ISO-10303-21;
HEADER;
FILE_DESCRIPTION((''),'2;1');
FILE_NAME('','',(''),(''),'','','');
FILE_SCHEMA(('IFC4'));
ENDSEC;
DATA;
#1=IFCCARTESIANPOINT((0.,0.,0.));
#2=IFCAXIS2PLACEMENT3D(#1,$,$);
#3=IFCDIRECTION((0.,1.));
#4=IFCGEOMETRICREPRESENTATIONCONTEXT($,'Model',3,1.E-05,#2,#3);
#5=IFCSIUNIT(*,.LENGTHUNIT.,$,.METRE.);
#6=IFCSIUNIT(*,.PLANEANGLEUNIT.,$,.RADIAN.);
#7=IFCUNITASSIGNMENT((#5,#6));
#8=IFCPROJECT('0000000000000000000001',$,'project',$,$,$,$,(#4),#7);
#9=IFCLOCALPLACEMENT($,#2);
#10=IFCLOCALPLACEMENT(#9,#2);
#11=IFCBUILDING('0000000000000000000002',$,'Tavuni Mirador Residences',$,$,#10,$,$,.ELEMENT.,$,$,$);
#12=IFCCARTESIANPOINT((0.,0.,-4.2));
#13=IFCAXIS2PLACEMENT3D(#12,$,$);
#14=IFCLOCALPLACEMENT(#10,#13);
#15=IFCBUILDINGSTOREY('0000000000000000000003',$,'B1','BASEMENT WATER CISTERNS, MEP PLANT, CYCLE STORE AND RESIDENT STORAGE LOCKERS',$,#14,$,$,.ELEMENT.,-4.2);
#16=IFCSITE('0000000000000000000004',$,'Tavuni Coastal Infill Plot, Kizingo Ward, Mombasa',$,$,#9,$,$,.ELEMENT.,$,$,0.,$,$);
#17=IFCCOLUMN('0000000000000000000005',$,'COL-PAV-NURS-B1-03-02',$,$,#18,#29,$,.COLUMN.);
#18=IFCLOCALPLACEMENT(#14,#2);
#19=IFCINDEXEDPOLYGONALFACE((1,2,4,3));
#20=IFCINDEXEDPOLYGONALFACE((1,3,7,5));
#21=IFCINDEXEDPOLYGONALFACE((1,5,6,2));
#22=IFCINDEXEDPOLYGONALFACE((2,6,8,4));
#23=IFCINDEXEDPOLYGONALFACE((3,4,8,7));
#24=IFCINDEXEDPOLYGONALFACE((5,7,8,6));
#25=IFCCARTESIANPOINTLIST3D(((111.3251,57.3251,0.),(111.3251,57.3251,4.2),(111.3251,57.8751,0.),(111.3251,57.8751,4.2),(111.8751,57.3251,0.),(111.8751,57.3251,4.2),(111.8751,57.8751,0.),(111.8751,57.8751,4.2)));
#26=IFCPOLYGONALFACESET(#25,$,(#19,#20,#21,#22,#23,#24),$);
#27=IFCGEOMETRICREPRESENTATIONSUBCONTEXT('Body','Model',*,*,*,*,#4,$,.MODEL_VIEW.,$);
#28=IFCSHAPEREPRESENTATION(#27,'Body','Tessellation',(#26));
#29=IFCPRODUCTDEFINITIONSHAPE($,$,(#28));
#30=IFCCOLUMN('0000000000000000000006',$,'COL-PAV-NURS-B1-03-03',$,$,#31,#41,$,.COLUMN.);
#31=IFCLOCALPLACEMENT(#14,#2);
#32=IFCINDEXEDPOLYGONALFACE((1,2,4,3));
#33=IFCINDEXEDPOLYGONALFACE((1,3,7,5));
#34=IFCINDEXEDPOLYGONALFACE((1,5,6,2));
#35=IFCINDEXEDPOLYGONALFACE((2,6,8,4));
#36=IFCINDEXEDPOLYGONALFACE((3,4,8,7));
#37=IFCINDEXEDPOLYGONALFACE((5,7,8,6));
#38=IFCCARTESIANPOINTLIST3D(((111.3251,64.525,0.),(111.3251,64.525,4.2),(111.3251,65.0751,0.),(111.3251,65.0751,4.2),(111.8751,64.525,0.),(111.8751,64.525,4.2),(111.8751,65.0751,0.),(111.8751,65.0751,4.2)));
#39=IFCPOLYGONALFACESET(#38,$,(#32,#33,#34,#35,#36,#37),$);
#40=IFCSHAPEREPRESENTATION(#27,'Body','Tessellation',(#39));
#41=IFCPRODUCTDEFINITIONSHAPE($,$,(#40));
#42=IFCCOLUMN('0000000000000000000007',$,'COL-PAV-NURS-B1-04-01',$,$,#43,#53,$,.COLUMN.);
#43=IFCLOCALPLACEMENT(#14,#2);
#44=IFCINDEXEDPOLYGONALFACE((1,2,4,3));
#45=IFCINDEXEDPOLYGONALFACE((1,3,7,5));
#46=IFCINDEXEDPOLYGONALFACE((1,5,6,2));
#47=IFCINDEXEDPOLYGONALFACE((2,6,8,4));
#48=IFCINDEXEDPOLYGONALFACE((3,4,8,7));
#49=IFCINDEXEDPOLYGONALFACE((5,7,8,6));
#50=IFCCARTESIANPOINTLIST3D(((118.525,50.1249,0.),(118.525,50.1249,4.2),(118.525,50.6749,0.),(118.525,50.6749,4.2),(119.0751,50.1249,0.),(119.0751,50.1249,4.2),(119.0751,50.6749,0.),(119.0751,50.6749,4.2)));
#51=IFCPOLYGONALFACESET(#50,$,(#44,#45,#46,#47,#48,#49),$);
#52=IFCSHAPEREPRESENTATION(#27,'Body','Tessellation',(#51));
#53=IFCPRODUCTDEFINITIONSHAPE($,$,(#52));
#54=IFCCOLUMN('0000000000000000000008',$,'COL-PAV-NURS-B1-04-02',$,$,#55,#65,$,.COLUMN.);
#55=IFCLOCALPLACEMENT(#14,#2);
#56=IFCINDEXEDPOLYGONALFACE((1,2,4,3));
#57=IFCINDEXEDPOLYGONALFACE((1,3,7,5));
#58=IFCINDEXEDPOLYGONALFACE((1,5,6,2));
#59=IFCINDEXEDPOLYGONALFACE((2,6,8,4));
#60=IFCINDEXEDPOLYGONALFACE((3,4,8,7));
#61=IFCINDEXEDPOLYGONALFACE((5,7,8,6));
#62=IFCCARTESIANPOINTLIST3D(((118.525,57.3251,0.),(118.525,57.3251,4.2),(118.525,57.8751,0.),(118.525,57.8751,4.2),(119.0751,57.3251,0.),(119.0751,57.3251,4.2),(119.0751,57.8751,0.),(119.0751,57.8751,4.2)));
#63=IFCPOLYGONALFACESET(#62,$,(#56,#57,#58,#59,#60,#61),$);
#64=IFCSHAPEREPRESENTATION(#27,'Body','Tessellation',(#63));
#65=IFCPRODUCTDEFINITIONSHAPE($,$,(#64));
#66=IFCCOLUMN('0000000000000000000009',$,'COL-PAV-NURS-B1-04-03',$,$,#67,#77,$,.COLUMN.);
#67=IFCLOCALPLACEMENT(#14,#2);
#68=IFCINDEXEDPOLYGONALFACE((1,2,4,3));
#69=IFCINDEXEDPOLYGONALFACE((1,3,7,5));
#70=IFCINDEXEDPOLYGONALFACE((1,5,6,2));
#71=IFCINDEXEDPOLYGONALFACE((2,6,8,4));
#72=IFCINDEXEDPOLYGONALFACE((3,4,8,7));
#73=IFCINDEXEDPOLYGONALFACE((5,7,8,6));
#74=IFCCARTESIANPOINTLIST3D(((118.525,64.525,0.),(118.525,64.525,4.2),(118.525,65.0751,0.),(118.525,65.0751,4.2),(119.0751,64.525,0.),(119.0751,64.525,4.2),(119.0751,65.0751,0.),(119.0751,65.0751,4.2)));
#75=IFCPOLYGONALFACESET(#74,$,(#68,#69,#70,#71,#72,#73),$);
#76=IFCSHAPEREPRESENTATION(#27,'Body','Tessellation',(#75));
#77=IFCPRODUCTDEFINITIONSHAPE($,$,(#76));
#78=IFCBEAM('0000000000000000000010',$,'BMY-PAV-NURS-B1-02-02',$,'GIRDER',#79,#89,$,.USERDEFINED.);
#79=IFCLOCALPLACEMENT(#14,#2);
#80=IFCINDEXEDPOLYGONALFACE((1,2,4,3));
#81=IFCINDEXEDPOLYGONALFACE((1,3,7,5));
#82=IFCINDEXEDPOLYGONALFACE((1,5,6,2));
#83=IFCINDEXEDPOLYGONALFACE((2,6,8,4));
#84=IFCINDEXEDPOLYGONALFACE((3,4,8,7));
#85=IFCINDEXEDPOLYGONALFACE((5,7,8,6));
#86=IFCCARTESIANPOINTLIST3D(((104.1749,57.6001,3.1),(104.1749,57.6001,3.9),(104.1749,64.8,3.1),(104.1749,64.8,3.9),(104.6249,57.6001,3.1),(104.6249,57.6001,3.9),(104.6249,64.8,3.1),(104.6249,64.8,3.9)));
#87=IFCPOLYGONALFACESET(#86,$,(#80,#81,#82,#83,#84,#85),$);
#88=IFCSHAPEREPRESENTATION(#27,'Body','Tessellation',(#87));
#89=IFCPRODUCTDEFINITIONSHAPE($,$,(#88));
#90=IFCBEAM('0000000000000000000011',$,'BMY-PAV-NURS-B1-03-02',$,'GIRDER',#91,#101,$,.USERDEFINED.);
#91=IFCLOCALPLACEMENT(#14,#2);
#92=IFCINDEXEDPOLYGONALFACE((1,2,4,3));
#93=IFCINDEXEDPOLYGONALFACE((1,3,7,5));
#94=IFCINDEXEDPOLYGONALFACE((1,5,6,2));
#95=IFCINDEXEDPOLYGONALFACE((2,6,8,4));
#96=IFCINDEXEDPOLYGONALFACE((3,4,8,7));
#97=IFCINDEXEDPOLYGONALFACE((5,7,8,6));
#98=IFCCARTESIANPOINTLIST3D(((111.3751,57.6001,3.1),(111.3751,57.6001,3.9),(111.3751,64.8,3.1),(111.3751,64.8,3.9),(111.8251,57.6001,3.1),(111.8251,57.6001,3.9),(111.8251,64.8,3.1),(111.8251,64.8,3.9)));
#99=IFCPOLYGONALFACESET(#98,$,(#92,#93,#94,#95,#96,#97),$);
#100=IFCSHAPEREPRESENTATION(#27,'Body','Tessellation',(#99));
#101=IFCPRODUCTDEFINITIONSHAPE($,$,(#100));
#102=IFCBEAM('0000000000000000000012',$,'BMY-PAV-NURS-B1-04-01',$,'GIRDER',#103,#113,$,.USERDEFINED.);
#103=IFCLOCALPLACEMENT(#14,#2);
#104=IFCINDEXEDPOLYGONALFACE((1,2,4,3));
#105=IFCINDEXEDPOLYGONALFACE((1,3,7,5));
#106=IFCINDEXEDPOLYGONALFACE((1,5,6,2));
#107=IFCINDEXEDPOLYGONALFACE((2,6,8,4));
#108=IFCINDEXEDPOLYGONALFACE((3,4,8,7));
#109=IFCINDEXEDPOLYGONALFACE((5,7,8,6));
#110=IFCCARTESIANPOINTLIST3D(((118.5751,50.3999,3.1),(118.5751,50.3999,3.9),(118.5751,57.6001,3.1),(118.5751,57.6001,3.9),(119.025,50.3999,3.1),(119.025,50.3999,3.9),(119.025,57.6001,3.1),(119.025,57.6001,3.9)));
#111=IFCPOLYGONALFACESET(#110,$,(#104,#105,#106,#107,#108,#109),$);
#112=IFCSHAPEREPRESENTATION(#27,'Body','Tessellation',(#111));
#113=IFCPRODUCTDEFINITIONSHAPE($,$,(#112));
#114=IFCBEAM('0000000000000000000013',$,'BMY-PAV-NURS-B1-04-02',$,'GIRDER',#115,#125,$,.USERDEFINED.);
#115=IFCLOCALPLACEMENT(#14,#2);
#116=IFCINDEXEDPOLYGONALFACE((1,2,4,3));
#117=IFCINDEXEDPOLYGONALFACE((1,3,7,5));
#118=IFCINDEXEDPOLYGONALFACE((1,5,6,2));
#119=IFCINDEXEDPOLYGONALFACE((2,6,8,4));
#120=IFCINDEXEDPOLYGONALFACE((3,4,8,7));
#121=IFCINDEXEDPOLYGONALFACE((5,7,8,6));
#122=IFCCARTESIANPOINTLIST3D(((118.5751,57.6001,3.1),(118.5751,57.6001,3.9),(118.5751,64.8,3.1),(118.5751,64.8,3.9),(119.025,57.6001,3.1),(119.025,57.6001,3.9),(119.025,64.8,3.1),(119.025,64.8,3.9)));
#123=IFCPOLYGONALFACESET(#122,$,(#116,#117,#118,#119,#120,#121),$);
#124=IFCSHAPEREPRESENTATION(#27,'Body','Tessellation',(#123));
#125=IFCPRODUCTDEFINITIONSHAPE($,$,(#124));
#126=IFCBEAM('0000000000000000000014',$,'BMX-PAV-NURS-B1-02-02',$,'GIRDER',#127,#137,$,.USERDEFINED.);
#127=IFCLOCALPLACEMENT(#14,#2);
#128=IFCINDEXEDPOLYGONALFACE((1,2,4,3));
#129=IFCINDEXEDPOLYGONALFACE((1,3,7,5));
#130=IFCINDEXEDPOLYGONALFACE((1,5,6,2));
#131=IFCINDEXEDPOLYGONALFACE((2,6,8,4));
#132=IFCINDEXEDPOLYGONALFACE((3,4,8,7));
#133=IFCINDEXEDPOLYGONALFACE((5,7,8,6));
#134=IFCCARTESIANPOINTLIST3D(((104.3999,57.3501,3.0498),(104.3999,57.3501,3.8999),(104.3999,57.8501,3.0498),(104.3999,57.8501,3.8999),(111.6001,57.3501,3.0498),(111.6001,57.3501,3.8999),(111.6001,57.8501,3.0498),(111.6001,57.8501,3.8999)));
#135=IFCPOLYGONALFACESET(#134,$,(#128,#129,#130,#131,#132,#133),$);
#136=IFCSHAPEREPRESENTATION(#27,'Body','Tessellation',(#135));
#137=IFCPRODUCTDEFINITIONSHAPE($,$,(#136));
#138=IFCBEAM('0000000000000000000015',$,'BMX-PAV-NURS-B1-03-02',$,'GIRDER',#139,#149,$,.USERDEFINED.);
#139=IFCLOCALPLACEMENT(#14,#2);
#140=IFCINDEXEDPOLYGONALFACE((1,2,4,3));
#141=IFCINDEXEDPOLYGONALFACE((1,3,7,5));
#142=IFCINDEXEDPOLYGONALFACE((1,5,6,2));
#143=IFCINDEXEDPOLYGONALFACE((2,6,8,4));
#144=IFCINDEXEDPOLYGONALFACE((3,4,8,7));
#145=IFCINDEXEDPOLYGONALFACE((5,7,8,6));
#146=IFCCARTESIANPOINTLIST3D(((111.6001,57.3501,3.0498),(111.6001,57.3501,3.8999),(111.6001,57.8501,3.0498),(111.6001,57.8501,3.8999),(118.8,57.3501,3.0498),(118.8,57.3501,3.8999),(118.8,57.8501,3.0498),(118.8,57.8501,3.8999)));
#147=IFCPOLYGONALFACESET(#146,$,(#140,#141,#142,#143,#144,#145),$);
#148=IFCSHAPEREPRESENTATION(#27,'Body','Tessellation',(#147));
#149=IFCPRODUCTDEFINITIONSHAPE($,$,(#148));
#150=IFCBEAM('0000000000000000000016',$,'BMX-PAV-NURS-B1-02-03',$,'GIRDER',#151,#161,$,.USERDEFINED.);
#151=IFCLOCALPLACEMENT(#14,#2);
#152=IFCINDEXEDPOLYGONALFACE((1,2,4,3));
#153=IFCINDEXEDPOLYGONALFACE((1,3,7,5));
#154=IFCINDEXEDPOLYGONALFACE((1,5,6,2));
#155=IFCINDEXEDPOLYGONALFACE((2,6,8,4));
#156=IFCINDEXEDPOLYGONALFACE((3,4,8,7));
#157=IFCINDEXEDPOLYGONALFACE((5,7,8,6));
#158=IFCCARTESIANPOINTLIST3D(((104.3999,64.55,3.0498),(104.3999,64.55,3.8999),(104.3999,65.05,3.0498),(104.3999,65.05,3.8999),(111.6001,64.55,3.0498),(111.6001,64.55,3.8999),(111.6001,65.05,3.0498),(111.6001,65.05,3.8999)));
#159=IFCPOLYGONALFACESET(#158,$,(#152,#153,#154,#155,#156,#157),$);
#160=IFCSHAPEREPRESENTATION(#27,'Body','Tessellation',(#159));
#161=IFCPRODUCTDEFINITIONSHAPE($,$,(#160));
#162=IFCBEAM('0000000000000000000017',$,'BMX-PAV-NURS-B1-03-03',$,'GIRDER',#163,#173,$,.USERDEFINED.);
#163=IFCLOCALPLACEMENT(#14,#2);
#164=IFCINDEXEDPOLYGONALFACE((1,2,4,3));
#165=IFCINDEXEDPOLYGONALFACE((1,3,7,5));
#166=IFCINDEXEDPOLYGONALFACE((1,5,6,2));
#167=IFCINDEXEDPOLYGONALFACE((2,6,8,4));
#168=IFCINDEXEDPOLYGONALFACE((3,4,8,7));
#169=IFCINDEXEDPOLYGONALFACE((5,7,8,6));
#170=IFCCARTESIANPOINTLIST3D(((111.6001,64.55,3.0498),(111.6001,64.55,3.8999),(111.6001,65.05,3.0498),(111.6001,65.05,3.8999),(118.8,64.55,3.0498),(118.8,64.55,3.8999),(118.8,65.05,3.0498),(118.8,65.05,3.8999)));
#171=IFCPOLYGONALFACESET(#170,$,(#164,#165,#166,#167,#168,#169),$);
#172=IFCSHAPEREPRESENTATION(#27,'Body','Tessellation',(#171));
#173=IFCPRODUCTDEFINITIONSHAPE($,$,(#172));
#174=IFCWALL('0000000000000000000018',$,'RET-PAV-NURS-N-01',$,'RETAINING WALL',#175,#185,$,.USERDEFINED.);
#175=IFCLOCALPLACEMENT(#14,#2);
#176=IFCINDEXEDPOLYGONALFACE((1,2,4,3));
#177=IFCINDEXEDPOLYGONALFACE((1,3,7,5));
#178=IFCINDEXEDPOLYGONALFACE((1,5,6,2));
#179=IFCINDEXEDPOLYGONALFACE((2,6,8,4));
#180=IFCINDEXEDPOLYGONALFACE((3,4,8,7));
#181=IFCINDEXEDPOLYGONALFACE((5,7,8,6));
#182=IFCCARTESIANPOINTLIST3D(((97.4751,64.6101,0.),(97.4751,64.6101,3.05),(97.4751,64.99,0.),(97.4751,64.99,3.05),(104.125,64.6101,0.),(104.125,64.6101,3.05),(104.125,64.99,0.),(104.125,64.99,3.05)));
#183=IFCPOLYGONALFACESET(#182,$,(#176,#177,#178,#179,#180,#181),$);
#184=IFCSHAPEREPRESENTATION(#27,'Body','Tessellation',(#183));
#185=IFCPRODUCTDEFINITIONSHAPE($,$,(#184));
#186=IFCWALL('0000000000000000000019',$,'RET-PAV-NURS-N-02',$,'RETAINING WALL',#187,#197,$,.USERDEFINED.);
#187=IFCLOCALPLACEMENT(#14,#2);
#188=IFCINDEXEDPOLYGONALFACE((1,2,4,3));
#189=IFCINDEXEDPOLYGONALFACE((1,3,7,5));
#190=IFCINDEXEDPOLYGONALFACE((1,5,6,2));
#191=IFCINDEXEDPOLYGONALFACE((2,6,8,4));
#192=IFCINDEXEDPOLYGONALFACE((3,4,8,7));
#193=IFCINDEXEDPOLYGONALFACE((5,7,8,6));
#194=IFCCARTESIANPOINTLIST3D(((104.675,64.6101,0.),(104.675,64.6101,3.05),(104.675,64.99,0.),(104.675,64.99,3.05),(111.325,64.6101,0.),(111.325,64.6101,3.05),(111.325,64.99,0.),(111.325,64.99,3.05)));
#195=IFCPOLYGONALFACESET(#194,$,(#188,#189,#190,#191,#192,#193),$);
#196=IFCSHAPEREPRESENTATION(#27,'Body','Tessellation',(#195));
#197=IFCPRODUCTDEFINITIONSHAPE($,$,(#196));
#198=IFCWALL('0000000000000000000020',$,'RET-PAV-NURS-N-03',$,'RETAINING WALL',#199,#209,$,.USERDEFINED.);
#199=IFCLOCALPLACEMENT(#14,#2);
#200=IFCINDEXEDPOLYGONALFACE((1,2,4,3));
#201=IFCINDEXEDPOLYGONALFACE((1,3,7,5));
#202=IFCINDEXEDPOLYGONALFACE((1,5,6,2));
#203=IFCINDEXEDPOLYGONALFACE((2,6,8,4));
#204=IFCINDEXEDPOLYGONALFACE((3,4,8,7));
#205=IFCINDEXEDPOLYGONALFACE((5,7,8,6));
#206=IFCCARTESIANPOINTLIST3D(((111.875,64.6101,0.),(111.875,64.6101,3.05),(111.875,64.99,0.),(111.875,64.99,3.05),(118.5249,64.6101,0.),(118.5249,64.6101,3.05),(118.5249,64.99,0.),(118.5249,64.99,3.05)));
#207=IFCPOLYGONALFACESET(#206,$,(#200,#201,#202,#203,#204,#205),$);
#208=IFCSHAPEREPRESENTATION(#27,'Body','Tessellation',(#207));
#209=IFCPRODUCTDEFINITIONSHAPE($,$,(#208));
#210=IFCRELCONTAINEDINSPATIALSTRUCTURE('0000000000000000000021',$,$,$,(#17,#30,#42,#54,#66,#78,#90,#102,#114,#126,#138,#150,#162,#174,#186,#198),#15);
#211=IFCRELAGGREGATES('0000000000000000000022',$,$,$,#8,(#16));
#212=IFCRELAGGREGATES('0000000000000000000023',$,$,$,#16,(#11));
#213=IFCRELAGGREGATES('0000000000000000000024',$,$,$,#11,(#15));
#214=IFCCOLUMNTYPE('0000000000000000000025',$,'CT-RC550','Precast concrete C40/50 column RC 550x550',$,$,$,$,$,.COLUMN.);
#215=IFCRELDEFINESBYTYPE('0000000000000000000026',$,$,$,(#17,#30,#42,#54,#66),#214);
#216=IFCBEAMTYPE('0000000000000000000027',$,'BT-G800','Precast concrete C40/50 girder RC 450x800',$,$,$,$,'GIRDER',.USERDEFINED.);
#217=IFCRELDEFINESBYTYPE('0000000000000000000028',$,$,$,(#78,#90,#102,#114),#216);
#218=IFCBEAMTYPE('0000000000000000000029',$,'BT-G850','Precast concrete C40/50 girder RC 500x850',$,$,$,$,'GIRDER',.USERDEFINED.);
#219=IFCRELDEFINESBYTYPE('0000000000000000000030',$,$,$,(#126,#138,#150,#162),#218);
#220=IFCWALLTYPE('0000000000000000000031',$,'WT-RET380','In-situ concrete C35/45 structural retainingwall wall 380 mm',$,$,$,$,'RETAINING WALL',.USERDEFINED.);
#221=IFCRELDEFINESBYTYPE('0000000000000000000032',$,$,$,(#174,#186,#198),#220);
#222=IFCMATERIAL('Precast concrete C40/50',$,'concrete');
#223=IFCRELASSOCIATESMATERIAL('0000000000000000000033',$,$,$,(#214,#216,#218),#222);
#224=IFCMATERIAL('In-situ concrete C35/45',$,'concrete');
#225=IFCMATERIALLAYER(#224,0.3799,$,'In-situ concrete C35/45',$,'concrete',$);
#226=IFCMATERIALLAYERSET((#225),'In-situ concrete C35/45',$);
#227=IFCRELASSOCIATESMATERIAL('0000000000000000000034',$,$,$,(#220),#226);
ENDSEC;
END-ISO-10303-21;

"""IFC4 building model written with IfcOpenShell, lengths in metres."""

from ifc_helpers import new_model, si_unit, direction, frame, frame_2d, origin, origin_2d, place, context, subcontext, project, spatial, rectangle, extrude, material, layer, layer_set, material_profile, profile_set, type_object, element, save


model = new_model("IFC4")

# Units and contexts
model_context = context("Model", 3, precision=1e-05, world=origin(), true_north=direction((0.0, 1.0)))
body_context = subcontext(model_context, "Body", "Model", "MODEL_VIEW")
ifc_project = project(units=[si_unit("LENGTHUNIT", "METRE"), si_unit("PLANEANGLEUNIT", "RADIAN")], contexts=[model_context])

# Site, building, storey
site_placement = place(None, origin())
site = spatial("IfcSite", under=ifc_project, at=site_placement, Name="Tavuni Coastal Infill Plot, Kizingo Ward, Mombasa", CompositionType="ELEMENT", RefElevation=0.0)
building_placement = place(site_placement, origin())
building = spatial("IfcBuilding", under=site, at=building_placement, Name="Tavuni Mirador Residences", CompositionType="ELEMENT")
storey_placement = place(building_placement, frame((0.0, 0.0, -4.2)))
storey = spatial("IfcBuildingStorey", under=building, at=storey_placement, Name="B1", Description="BASEMENT WATER CISTERNS, MEP PLANT, CYCLE STORE AND RESIDENT STORAGE LOCKERS", CompositionType="ELEMENT", Elevation=-4.2)

# Shared definitions
ifc_material_1 = material(Name="In-situ concrete C35/45", Category="concrete")

# Columns
ifc_material_2 = material(Name="Precast concrete C40/50", Category="concrete")
ifc_material_profile_1 = material_profile(ifc_material_2, rectangle(XDim=0.55, YDim=0.55, at=origin_2d()), Name="RC 550x550", Category="concrete")
ifc_profile_set_1 = profile_set([ifc_material_profile_1], Name="Precast concrete C40/50")
column_type = type_object("IfcColumnType", Name="CT-RC550", Description="Precast concrete C40/50 column RC 550x550", PredefinedType="COLUMN", material=ifc_profile_set_1)
for number, where, z_axis, x_axis, name in (
    (1, (111.6001, 57.6001, 0.0), (0.0, 0.0, 1.0), (1.0, 0.0, 0.0), "COL-PAV-NURS-B1-03-02"),
    (2, (111.6001, 64.8, 0.0), (0.0, 0.0, 1.0), (1.0, 0.0, 0.0), "COL-PAV-NURS-B1-03-03"),
    (3, (118.8, 50.3999, 0.0), (0.0, 0.0, 1.0), (1.0, 0.0, 0.0), "COL-PAV-NURS-B1-04-01"),
    (4, (118.8, 57.6001, 0.0), (0.0, 0.0, 1.0), (1.0, 0.0, 0.0), "COL-PAV-NURS-B1-04-02"),
    (5, (118.8, 64.8, 0.0), (0.0, 0.0, 1.0), (1.0, 0.0, 0.0), "COL-PAV-NURS-B1-04-03"),
):
    element("IfcColumn", number, at=place(storey_placement, frame(where, z_axis=z_axis, x_axis=x_axis)), inside=storey, type_object=column_type, Name=name, PredefinedType="COLUMN", context=body_context, shape_type="SweptSolid", body=[
        extrude(rectangle(XDim=0.55, YDim=0.55, at=origin_2d()), origin(), (0.0, 0.0, 1.0), 4.2),
    ])

# Beams
ifc_material_profile_2 = material_profile(ifc_material_2, rectangle(XDim=0.45, YDim=0.8, at=origin_2d()), Name="RC 450x800", Category="concrete")
ifc_profile_set_2 = profile_set([ifc_material_profile_2], Name="Precast concrete C40/50")
beam_type_1 = type_object("IfcBeamType", Name="BT-G800", Description="Precast concrete C40/50 girder RC 450x800", ElementType="GIRDER", PredefinedType="USERDEFINED", material=ifc_profile_set_2)
for number, where, z_axis, x_axis, name in (
    (6, (104.3999, 57.6001, 3.5), (0.0, 1.0, 0.0), (-1.0, 0.0, 0.0), "BMY-PAV-NURS-B1-02-02"),
    (7, (111.6001, 57.6001, 3.5), (0.0, 1.0, 0.0), (-1.0, 0.0, 0.0), "BMY-PAV-NURS-B1-03-02"),
):
    element("IfcBeam", number, at=place(storey_placement, frame(where, z_axis=z_axis, x_axis=x_axis)), inside=storey, type_object=beam_type_1, Name=name, ObjectType="GIRDER", PredefinedType="USERDEFINED", context=body_context, shape_type="SweptSolid", body=[
        extrude(rectangle(XDim=0.45, YDim=0.8, at=origin_2d()), origin(), (0.0, 0.0, 1.0), 7.2),
    ])
beam_1_placement = place(storey_placement, frame((118.8, 50.3999, 3.5), z_axis=(0.0, 1.0, 0.0), x_axis=(-1.0, 0.0, 0.0)))
element("IfcBeam", 8, at=beam_1_placement, inside=storey, type_object=beam_type_1, Name="BMY-PAV-NURS-B1-04-01", ObjectType="GIRDER", PredefinedType="USERDEFINED", context=body_context, shape_type="SweptSolid", body=[
    extrude(rectangle(XDim=0.45, YDim=0.8, at=origin_2d()), origin(), (0.0, 0.0, 1.0), 7.2002),
])
beam_2_placement = place(storey_placement, frame((118.8, 57.6001, 3.5), z_axis=(0.0, 1.0, 0.0), x_axis=(-1.0, 0.0, 0.0)))
element("IfcBeam", 9, at=beam_2_placement, inside=storey, type_object=beam_type_1, Name="BMY-PAV-NURS-B1-04-02", ObjectType="GIRDER", PredefinedType="USERDEFINED", context=body_context, shape_type="SweptSolid", body=[
    extrude(rectangle(XDim=0.45, YDim=0.8, at=origin_2d()), origin(), (0.0, 0.0, 1.0), 7.2),
])
ifc_material_profile_3 = material_profile(ifc_material_2, rectangle(XDim=0.5, YDim=0.8501, at=origin_2d()), Name="RC 500x850", Category="concrete")
ifc_profile_set_3 = profile_set([ifc_material_profile_3], Name="Precast concrete C40/50")
beam_type_2 = type_object("IfcBeamType", Name="BT-G850", Description="Precast concrete C40/50 girder RC 500x850", ElementType="GIRDER", PredefinedType="USERDEFINED", material=ifc_profile_set_3)
beam_3_placement = place(storey_placement, frame((104.3999, 57.6001, 3.4749), z_axis=(1.0, 0.0, 0.0), x_axis=(0.0, 1.0, 0.0)))
element("IfcBeam", 10, at=beam_3_placement, inside=storey, type_object=beam_type_2, Name="BMX-PAV-NURS-B1-02-02", ObjectType="GIRDER", PredefinedType="USERDEFINED", context=body_context, shape_type="SweptSolid", body=[
    extrude(rectangle(XDim=0.5, YDim=0.8501, at=origin_2d()), origin(), (0.0, 0.0, 1.0), 7.2002),
])
beam_4_placement = place(storey_placement, frame((111.6001, 57.6001, 3.4749), z_axis=(1.0, 0.0, 0.0), x_axis=(0.0, 1.0, 0.0)))
element("IfcBeam", 11, at=beam_4_placement, inside=storey, type_object=beam_type_2, Name="BMX-PAV-NURS-B1-03-02", ObjectType="GIRDER", PredefinedType="USERDEFINED", context=body_context, shape_type="SweptSolid", body=[
    extrude(rectangle(XDim=0.5, YDim=0.8501, at=origin_2d()), origin(), (0.0, 0.0, 1.0), 7.2),
])
beam_5_placement = place(storey_placement, frame((104.3999, 64.8, 3.4749), z_axis=(1.0, 0.0, 0.0), x_axis=(0.0, 1.0, 0.0)))
element("IfcBeam", 12, at=beam_5_placement, inside=storey, type_object=beam_type_2, Name="BMX-PAV-NURS-B1-02-03", ObjectType="GIRDER", PredefinedType="USERDEFINED", context=body_context, shape_type="SweptSolid", body=[
    extrude(rectangle(XDim=0.5, YDim=0.8501, at=origin_2d()), origin(), (0.0, 0.0, 1.0), 7.2002),
])
beam_6_placement = place(storey_placement, frame((111.6001, 64.8, 3.4749), z_axis=(1.0, 0.0, 0.0), x_axis=(0.0, 1.0, 0.0)))
element("IfcBeam", 13, at=beam_6_placement, inside=storey, type_object=beam_type_2, Name="BMX-PAV-NURS-B1-03-03", ObjectType="GIRDER", PredefinedType="USERDEFINED", context=body_context, shape_type="SweptSolid", body=[
    extrude(rectangle(XDim=0.5, YDim=0.8501, at=origin_2d()), origin(), (0.0, 0.0, 1.0), 7.2),
])

# Walls
ifc_layer = layer(ifc_material_1, 0.3799, Name="In-situ concrete C35/45", Category="concrete")
ifc_layer_set = layer_set([ifc_layer], Name="In-situ concrete C35/45")
wall_type = type_object("IfcWallType", Name="WT-RET380", Description="In-situ concrete C35/45 structural retainingwall wall 380 mm", ElementType="RETAINING WALL", PredefinedType="USERDEFINED", material=ifc_layer_set)
for number, where, z_axis, x_axis, name in (
    (14, (104.125, 64.8, 0.0), (0.0, 0.0, 1.0), (-1.0, 0.0, 0.0), "RET-PAV-NURS-N-01"),
    (15, (111.325, 64.8, 0.0), (0.0, 0.0, 1.0), (-1.0, 0.0, 0.0), "RET-PAV-NURS-N-02"),
    (16, (118.5249, 64.8, 0.0), (0.0, 0.0, 1.0), (-1.0, 0.0, 0.0), "RET-PAV-NURS-N-03"),
):
    element("IfcWall", number, at=place(storey_placement, frame(where, z_axis=z_axis, x_axis=x_axis)), inside=storey, type_object=wall_type, Name=name, ObjectType="RETAINING WALL", PredefinedType="USERDEFINED", context=body_context, shape_type="SweptSolid", body=[
        extrude(rectangle(XDim=6.6499, YDim=0.3799, at=frame_2d((3.325, 0.0))), origin(), (0.0, 0.0, 1.0), 3.05),
    ])

save(model, "model.ifc")
